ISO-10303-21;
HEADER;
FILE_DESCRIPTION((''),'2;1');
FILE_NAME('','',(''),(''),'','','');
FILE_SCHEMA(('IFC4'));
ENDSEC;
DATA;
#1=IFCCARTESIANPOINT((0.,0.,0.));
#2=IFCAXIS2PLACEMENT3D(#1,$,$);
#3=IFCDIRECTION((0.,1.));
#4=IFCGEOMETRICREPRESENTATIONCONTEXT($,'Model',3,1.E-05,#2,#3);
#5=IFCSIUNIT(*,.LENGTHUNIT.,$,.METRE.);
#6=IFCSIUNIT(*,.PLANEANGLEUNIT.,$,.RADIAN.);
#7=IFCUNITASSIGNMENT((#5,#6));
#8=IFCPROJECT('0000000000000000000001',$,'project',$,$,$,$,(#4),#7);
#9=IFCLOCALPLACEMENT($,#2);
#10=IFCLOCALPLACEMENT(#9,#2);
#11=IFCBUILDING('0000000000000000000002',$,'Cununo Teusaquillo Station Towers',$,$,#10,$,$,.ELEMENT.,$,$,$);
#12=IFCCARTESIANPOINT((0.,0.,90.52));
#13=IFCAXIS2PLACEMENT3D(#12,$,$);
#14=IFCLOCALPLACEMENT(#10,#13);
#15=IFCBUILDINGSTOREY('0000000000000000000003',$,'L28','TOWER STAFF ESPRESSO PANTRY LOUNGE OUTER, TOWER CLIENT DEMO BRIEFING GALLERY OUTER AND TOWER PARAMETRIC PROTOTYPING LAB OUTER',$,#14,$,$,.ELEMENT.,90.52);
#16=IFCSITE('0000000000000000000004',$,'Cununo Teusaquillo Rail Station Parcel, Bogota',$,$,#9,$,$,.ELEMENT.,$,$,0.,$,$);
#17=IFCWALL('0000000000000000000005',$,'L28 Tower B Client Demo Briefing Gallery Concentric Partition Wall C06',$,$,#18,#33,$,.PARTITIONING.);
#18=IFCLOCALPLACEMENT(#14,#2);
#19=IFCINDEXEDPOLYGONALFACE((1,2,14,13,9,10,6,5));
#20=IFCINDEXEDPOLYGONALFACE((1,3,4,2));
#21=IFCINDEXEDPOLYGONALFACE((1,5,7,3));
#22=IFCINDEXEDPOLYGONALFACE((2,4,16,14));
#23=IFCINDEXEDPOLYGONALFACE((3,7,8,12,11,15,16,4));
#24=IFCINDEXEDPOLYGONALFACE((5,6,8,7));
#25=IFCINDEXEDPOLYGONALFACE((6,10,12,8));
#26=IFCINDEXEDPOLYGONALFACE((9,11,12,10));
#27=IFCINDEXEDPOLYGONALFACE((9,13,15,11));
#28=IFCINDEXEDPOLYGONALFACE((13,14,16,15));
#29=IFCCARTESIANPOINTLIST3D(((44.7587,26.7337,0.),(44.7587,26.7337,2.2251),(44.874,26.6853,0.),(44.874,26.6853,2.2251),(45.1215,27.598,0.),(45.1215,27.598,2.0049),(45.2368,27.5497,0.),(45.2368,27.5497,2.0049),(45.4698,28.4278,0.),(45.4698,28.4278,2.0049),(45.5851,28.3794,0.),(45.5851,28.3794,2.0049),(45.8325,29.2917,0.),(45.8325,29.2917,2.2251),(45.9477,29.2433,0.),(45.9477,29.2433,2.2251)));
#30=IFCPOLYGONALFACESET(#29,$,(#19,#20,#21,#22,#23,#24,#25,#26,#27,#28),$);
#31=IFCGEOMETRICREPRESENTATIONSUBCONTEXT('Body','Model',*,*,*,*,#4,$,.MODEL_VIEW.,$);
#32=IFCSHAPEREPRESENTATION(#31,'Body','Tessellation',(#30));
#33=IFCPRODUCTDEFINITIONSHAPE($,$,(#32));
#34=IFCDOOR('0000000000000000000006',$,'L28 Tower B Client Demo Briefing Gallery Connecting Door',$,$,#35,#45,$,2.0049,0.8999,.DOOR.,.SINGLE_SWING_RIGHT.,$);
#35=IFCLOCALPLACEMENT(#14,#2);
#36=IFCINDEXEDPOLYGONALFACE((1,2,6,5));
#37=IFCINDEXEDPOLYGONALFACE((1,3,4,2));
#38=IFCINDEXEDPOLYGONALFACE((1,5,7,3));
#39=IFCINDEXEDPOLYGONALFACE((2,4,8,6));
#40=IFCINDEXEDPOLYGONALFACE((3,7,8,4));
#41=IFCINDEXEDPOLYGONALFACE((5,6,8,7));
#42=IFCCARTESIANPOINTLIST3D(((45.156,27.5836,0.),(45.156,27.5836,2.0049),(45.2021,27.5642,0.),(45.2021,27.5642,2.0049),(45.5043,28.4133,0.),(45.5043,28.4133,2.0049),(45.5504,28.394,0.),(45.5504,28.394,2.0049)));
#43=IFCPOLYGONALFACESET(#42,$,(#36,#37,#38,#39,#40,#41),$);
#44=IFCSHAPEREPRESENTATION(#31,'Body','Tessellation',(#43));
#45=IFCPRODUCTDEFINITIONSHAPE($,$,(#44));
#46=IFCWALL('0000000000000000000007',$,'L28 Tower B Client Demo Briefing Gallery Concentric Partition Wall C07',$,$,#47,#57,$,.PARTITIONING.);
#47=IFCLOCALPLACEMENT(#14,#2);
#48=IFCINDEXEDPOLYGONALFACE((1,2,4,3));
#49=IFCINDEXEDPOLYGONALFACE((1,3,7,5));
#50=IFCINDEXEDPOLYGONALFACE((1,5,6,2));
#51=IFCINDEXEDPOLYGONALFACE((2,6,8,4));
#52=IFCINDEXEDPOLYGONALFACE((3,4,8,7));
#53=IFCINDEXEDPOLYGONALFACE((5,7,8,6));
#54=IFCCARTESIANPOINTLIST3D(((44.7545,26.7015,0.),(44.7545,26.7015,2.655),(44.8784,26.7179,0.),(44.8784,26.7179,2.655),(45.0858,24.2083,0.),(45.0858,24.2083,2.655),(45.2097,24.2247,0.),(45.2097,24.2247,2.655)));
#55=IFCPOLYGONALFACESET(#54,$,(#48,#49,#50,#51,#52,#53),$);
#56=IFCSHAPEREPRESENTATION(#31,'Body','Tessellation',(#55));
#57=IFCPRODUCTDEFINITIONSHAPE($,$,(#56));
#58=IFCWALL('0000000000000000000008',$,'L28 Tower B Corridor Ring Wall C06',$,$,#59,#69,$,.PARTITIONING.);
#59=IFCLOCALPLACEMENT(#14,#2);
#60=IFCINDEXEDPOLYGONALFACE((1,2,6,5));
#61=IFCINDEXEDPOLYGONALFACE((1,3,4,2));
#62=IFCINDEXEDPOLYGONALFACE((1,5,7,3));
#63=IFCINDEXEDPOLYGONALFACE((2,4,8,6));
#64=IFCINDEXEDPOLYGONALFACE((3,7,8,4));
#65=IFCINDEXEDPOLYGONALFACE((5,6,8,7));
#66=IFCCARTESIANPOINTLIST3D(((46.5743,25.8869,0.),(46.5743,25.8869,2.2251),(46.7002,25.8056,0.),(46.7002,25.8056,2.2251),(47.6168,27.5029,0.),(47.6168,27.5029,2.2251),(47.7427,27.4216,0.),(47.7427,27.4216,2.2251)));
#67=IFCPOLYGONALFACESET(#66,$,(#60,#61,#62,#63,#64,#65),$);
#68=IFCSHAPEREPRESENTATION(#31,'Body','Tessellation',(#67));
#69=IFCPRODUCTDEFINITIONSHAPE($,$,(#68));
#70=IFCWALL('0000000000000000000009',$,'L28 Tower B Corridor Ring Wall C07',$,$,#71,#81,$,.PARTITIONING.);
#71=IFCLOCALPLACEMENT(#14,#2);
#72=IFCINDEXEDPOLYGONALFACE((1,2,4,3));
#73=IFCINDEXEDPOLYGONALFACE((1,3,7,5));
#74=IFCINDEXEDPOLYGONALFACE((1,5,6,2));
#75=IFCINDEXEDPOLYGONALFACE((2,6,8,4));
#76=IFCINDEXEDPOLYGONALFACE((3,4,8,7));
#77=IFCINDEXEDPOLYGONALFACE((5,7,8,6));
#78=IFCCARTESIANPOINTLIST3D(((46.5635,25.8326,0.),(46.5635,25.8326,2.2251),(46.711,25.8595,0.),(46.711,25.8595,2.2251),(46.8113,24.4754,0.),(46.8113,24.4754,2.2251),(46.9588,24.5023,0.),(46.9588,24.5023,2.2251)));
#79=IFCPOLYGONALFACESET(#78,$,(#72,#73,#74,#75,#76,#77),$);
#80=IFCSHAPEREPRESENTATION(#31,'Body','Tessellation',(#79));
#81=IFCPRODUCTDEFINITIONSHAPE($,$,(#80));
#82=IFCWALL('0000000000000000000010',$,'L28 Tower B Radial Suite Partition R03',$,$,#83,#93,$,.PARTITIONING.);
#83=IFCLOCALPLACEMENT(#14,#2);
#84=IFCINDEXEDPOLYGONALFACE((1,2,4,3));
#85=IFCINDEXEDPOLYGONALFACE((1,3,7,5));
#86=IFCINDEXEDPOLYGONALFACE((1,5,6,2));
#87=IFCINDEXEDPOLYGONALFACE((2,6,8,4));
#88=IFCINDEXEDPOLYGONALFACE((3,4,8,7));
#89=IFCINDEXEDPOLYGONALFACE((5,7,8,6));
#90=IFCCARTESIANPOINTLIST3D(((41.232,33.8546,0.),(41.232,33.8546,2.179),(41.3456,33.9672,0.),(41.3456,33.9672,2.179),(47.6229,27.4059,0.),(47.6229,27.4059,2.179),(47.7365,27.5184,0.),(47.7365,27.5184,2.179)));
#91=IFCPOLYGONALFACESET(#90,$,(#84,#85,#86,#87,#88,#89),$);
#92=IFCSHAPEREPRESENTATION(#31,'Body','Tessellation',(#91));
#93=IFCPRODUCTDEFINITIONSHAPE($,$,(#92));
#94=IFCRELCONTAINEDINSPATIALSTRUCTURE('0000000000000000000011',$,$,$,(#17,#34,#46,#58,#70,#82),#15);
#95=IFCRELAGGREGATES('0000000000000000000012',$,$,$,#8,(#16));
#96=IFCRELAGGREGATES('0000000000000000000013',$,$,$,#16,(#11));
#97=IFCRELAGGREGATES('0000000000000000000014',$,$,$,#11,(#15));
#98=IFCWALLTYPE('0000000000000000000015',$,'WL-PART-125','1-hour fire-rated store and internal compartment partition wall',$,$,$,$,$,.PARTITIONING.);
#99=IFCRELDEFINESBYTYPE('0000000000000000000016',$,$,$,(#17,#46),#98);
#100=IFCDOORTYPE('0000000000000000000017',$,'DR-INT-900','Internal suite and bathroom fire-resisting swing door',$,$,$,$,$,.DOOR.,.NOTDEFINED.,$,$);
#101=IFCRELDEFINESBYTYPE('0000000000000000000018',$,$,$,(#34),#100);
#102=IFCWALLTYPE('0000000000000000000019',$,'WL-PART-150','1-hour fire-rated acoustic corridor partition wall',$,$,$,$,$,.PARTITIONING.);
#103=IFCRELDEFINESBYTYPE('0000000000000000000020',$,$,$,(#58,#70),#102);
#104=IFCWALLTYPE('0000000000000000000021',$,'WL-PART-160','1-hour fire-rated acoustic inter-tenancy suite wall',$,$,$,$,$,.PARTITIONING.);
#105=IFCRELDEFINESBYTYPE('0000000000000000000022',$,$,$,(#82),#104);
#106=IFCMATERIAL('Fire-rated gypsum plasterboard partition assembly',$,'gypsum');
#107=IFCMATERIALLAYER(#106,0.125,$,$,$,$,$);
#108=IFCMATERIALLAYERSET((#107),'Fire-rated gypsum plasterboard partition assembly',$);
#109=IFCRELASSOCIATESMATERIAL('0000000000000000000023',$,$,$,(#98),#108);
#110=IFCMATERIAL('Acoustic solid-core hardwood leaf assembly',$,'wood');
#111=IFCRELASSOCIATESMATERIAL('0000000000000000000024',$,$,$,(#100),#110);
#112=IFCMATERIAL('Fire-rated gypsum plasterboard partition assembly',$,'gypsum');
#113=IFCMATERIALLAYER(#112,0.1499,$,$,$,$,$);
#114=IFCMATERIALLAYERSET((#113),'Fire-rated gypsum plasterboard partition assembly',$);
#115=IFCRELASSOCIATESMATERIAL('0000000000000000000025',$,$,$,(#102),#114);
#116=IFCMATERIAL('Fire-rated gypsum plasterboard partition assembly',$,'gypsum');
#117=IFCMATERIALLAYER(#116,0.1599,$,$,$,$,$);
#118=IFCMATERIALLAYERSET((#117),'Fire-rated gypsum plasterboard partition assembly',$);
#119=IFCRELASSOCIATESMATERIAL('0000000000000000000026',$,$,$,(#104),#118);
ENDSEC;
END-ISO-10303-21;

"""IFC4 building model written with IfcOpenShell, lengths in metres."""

from ifc_helpers import new_model, si_unit, direction, frame, frame_2d, origin, place, context, subcontext, project, spatial, rectangle, extrude, source, transform, mapped, material, layer, layer_set, type_object, element, fill, save


model = new_model("IFC4")

# Units and contexts
model_context = context("Model", 3, precision=1e-05, world=origin(), true_north=direction((0.0, 1.0)))
body_context = subcontext(model_context, "Body", "Model", "MODEL_VIEW")
ifc_project = project(units=[si_unit("LENGTHUNIT", "METRE"), si_unit("PLANEANGLEUNIT", "RADIAN")], contexts=[model_context])

# Site, building, storey
site_placement = place(None, origin())
site = spatial("IfcSite", under=ifc_project, at=site_placement, Name="Cununo Teusaquillo Rail Station Parcel, Bogota", CompositionType="ELEMENT", RefElevation=0.0)
building_placement = place(site_placement, origin())
building = spatial("IfcBuilding", under=site, at=building_placement, Name="Cununo Teusaquillo Station Towers", CompositionType="ELEMENT")
storey_placement = place(building_placement, frame((0.0, 0.0, 90.52)))
storey = spatial("IfcBuildingStorey", under=building, at=storey_placement, Name="L28", Description="TOWER STAFF ESPRESSO PANTRY LOUNGE OUTER, TOWER CLIENT DEMO BRIEFING GALLERY OUTER AND TOWER PARAMETRIC PROTOTYPING LAB OUTER", CompositionType="ELEMENT", Elevation=90.52)

# Shared definitions
ifc_material_1 = material(Name="Fire-rated gypsum plasterboard partition assembly", Category="gypsum")
ifc_layer_1 = layer(ifc_material_1, 0.125)
ifc_layer_set_1 = layer_set([ifc_layer_1], Name="Fire-rated gypsum plasterboard partition assembly")
wall_type_1 = type_object("IfcWallType", Name="WL-PART-125", Description="1-hour fire-rated store and internal compartment partition wall", PredefinedType="PARTITIONING", material=ifc_layer_set_1)

# Wall, opening, door
wall_1_placement = place(storey_placement, frame((45.8901, 29.2676, 0.0), z_axis=(0.0, 0.0, 1.0), x_axis=(-0.387057, -0.922056, 0.0)))
wall_1 = element("IfcWall", 1, at=wall_1_placement, inside=storey, type_object=wall_type_1, Name="L28 Tower B Client Demo Briefing Gallery Concentric Partition Wall C06", PredefinedType="PARTITIONING", context=body_context, shape_type="SweptSolid", body=[
    extrude(rectangle(XDim=2.7742, YDim=0.125, at=frame_2d((1.3872, 0.0))), origin(), (0.0, 0.0, 1.0), 2.2251),
])
shared_shape_1 = source(origin(), body_context, "Body", "SweptSolid", [
    extrude(rectangle(XDim=0.8999, YDim=2.0049, at=frame_2d((0.45, 1.0024))), frame((0.0, 0.0725, 0.0), z_axis=(0.0, -1.0, 0.0), x_axis=(1.0, 0.0, 0.0)), (0.0, 0.0, 1.0), 0.145),
])
opening_1_placement = place(wall_1_placement, frame((0.937, 0.0, 0.0)))
opening_1 = element("IfcOpeningElement", 2, at=opening_1_placement, cuts=wall_1, PredefinedType="OPENING", context=body_context, shape_type="MappedRepresentation", body=[
    mapped(shared_shape_1, transform((0.0, 0.0, 0.0), x_axis=(1.0, 0.0, 0.0), y_axis=(0.0, 1.0, 0.0), z_axis=(0.0, 0.0, 1.0), scale=1.0)),
])
ifc_material_2 = material(Name="Acoustic solid-core hardwood leaf assembly", Category="wood")
door_type = type_object("IfcDoorType", Name="DR-INT-900", Description="Internal suite and bathroom fire-resisting swing door", OperationType="NOTDEFINED", PredefinedType="DOOR", material=ifc_material_2)
shared_shape_2 = source(origin(), body_context, "Body", "SweptSolid", [
    extrude(rectangle(XDim=0.8999, YDim=2.0049, at=frame_2d((0.45, 1.0024))), frame((0.0, 0.0249, 0.0), z_axis=(0.0, -1.0, 0.0), x_axis=(1.0, 0.0, 0.0)), (0.0, 0.0, 1.0), 0.05),
])
door_placement = place(opening_1_placement, origin())
door = element("IfcDoor", 3, at=door_placement, inside=storey, type_object=door_type, Name="L28 Tower B Client Demo Briefing Gallery Connecting Door", OperationType="SINGLE_SWING_RIGHT", OverallHeight=2.0049, OverallWidth=0.8999, PredefinedType="DOOR", context=body_context, shape_type="MappedRepresentation", body=[
    mapped(shared_shape_2, transform((0.0, 0.0, 0.0), x_axis=(1.0, 0.0, 0.0), y_axis=(0.0, 1.0, 0.0), z_axis=(0.0, 0.0, 1.0), scale=1.0)),
])
fill(opening_1, door)

# Walls
wall_2_placement = place(storey_placement, frame((44.8164, 26.7097, 0.0), z_axis=(0.0, 0.0, 1.0), x_axis=(0.131725, -0.991286, 0.0)))
element("IfcWall", 4, at=wall_2_placement, inside=storey, type_object=wall_type_1, Name="L28 Tower B Client Demo Briefing Gallery Concentric Partition Wall C07", PredefinedType="PARTITIONING", context=body_context, shape_type="SweptSolid", body=[
    extrude(rectangle(XDim=2.5151, YDim=0.125, at=frame_2d((1.2576, 0.0))), origin(), (0.0, 0.0, 1.0), 2.655),
])
ifc_material_3 = material(Name="Fire-rated gypsum plasterboard partition assembly", Category="gypsum")
ifc_layer_2 = layer(ifc_material_3, 0.1499)
ifc_layer_set_2 = layer_set([ifc_layer_2], Name="Fire-rated gypsum plasterboard partition assembly")
wall_type_2 = type_object("IfcWallType", Name="WL-PART-150", Description="1-hour fire-rated acoustic corridor partition wall", PredefinedType="PARTITIONING", material=ifc_layer_set_2)
wall_3_placement = place(storey_placement, frame((47.6797, 27.4622, 0.0), z_axis=(0.0, 0.0, 1.0), x_axis=(-0.542098, -0.840315, 0.0)))
element("IfcWall", 5, at=wall_3_placement, inside=storey, type_object=wall_type_2, Name="L28 Tower B Corridor Ring Wall C06", PredefinedType="PARTITIONING", context=body_context, shape_type="SweptSolid", body=[
    extrude(rectangle(XDim=1.9231, YDim=0.1499, at=frame_2d((0.9614, 0.0))), origin(), (0.0, 0.0, 1.0), 2.2251),
])
wall_4_placement = place(storey_placement, frame((46.6372, 25.8462, 0.0), z_axis=(0.0, 0.0, 1.0), x_axis=(0.179617, -0.983737, 0.0)))
element("IfcWall", 6, at=wall_4_placement, inside=storey, type_object=wall_type_2, Name="L28 Tower B Corridor Ring Wall C07", PredefinedType="PARTITIONING", context=body_context, shape_type="SweptSolid", body=[
    extrude(rectangle(XDim=1.3796, YDim=0.1499, at=frame_2d((0.6899, 0.0))), origin(), (0.0, 0.0, 1.0), 2.2251),
])
ifc_material_4 = material(Name="Fire-rated gypsum plasterboard partition assembly", Category="gypsum")
ifc_layer_3 = layer(ifc_material_4, 0.1599)
ifc_layer_set_3 = layer_set([ifc_layer_3], Name="Fire-rated gypsum plasterboard partition assembly")
wall_type_3 = type_object("IfcWallType", Name="WL-PART-160", Description="1-hour fire-rated acoustic inter-tenancy suite wall", PredefinedType="PARTITIONING", material=ifc_layer_set_3)
wall_5_placement = place(storey_placement, frame((47.6797, 27.4622, 0.0), z_axis=(0.0, 0.0, 1.0), x_axis=(-0.703913, 0.710286, 0.0)))
element("IfcWall", 7, at=wall_5_placement, inside=storey, type_object=wall_type_3, Name="L28 Tower B Radial Suite Partition R03", PredefinedType="PARTITIONING", context=body_context, shape_type="SweptSolid", body=[
    extrude(rectangle(XDim=9.0791, YDim=0.1599, at=frame_2d((4.5396, 0.0))), origin(), (0.0, 0.0, 1.0), 2.179),
])

save(model, "model.ifc")
